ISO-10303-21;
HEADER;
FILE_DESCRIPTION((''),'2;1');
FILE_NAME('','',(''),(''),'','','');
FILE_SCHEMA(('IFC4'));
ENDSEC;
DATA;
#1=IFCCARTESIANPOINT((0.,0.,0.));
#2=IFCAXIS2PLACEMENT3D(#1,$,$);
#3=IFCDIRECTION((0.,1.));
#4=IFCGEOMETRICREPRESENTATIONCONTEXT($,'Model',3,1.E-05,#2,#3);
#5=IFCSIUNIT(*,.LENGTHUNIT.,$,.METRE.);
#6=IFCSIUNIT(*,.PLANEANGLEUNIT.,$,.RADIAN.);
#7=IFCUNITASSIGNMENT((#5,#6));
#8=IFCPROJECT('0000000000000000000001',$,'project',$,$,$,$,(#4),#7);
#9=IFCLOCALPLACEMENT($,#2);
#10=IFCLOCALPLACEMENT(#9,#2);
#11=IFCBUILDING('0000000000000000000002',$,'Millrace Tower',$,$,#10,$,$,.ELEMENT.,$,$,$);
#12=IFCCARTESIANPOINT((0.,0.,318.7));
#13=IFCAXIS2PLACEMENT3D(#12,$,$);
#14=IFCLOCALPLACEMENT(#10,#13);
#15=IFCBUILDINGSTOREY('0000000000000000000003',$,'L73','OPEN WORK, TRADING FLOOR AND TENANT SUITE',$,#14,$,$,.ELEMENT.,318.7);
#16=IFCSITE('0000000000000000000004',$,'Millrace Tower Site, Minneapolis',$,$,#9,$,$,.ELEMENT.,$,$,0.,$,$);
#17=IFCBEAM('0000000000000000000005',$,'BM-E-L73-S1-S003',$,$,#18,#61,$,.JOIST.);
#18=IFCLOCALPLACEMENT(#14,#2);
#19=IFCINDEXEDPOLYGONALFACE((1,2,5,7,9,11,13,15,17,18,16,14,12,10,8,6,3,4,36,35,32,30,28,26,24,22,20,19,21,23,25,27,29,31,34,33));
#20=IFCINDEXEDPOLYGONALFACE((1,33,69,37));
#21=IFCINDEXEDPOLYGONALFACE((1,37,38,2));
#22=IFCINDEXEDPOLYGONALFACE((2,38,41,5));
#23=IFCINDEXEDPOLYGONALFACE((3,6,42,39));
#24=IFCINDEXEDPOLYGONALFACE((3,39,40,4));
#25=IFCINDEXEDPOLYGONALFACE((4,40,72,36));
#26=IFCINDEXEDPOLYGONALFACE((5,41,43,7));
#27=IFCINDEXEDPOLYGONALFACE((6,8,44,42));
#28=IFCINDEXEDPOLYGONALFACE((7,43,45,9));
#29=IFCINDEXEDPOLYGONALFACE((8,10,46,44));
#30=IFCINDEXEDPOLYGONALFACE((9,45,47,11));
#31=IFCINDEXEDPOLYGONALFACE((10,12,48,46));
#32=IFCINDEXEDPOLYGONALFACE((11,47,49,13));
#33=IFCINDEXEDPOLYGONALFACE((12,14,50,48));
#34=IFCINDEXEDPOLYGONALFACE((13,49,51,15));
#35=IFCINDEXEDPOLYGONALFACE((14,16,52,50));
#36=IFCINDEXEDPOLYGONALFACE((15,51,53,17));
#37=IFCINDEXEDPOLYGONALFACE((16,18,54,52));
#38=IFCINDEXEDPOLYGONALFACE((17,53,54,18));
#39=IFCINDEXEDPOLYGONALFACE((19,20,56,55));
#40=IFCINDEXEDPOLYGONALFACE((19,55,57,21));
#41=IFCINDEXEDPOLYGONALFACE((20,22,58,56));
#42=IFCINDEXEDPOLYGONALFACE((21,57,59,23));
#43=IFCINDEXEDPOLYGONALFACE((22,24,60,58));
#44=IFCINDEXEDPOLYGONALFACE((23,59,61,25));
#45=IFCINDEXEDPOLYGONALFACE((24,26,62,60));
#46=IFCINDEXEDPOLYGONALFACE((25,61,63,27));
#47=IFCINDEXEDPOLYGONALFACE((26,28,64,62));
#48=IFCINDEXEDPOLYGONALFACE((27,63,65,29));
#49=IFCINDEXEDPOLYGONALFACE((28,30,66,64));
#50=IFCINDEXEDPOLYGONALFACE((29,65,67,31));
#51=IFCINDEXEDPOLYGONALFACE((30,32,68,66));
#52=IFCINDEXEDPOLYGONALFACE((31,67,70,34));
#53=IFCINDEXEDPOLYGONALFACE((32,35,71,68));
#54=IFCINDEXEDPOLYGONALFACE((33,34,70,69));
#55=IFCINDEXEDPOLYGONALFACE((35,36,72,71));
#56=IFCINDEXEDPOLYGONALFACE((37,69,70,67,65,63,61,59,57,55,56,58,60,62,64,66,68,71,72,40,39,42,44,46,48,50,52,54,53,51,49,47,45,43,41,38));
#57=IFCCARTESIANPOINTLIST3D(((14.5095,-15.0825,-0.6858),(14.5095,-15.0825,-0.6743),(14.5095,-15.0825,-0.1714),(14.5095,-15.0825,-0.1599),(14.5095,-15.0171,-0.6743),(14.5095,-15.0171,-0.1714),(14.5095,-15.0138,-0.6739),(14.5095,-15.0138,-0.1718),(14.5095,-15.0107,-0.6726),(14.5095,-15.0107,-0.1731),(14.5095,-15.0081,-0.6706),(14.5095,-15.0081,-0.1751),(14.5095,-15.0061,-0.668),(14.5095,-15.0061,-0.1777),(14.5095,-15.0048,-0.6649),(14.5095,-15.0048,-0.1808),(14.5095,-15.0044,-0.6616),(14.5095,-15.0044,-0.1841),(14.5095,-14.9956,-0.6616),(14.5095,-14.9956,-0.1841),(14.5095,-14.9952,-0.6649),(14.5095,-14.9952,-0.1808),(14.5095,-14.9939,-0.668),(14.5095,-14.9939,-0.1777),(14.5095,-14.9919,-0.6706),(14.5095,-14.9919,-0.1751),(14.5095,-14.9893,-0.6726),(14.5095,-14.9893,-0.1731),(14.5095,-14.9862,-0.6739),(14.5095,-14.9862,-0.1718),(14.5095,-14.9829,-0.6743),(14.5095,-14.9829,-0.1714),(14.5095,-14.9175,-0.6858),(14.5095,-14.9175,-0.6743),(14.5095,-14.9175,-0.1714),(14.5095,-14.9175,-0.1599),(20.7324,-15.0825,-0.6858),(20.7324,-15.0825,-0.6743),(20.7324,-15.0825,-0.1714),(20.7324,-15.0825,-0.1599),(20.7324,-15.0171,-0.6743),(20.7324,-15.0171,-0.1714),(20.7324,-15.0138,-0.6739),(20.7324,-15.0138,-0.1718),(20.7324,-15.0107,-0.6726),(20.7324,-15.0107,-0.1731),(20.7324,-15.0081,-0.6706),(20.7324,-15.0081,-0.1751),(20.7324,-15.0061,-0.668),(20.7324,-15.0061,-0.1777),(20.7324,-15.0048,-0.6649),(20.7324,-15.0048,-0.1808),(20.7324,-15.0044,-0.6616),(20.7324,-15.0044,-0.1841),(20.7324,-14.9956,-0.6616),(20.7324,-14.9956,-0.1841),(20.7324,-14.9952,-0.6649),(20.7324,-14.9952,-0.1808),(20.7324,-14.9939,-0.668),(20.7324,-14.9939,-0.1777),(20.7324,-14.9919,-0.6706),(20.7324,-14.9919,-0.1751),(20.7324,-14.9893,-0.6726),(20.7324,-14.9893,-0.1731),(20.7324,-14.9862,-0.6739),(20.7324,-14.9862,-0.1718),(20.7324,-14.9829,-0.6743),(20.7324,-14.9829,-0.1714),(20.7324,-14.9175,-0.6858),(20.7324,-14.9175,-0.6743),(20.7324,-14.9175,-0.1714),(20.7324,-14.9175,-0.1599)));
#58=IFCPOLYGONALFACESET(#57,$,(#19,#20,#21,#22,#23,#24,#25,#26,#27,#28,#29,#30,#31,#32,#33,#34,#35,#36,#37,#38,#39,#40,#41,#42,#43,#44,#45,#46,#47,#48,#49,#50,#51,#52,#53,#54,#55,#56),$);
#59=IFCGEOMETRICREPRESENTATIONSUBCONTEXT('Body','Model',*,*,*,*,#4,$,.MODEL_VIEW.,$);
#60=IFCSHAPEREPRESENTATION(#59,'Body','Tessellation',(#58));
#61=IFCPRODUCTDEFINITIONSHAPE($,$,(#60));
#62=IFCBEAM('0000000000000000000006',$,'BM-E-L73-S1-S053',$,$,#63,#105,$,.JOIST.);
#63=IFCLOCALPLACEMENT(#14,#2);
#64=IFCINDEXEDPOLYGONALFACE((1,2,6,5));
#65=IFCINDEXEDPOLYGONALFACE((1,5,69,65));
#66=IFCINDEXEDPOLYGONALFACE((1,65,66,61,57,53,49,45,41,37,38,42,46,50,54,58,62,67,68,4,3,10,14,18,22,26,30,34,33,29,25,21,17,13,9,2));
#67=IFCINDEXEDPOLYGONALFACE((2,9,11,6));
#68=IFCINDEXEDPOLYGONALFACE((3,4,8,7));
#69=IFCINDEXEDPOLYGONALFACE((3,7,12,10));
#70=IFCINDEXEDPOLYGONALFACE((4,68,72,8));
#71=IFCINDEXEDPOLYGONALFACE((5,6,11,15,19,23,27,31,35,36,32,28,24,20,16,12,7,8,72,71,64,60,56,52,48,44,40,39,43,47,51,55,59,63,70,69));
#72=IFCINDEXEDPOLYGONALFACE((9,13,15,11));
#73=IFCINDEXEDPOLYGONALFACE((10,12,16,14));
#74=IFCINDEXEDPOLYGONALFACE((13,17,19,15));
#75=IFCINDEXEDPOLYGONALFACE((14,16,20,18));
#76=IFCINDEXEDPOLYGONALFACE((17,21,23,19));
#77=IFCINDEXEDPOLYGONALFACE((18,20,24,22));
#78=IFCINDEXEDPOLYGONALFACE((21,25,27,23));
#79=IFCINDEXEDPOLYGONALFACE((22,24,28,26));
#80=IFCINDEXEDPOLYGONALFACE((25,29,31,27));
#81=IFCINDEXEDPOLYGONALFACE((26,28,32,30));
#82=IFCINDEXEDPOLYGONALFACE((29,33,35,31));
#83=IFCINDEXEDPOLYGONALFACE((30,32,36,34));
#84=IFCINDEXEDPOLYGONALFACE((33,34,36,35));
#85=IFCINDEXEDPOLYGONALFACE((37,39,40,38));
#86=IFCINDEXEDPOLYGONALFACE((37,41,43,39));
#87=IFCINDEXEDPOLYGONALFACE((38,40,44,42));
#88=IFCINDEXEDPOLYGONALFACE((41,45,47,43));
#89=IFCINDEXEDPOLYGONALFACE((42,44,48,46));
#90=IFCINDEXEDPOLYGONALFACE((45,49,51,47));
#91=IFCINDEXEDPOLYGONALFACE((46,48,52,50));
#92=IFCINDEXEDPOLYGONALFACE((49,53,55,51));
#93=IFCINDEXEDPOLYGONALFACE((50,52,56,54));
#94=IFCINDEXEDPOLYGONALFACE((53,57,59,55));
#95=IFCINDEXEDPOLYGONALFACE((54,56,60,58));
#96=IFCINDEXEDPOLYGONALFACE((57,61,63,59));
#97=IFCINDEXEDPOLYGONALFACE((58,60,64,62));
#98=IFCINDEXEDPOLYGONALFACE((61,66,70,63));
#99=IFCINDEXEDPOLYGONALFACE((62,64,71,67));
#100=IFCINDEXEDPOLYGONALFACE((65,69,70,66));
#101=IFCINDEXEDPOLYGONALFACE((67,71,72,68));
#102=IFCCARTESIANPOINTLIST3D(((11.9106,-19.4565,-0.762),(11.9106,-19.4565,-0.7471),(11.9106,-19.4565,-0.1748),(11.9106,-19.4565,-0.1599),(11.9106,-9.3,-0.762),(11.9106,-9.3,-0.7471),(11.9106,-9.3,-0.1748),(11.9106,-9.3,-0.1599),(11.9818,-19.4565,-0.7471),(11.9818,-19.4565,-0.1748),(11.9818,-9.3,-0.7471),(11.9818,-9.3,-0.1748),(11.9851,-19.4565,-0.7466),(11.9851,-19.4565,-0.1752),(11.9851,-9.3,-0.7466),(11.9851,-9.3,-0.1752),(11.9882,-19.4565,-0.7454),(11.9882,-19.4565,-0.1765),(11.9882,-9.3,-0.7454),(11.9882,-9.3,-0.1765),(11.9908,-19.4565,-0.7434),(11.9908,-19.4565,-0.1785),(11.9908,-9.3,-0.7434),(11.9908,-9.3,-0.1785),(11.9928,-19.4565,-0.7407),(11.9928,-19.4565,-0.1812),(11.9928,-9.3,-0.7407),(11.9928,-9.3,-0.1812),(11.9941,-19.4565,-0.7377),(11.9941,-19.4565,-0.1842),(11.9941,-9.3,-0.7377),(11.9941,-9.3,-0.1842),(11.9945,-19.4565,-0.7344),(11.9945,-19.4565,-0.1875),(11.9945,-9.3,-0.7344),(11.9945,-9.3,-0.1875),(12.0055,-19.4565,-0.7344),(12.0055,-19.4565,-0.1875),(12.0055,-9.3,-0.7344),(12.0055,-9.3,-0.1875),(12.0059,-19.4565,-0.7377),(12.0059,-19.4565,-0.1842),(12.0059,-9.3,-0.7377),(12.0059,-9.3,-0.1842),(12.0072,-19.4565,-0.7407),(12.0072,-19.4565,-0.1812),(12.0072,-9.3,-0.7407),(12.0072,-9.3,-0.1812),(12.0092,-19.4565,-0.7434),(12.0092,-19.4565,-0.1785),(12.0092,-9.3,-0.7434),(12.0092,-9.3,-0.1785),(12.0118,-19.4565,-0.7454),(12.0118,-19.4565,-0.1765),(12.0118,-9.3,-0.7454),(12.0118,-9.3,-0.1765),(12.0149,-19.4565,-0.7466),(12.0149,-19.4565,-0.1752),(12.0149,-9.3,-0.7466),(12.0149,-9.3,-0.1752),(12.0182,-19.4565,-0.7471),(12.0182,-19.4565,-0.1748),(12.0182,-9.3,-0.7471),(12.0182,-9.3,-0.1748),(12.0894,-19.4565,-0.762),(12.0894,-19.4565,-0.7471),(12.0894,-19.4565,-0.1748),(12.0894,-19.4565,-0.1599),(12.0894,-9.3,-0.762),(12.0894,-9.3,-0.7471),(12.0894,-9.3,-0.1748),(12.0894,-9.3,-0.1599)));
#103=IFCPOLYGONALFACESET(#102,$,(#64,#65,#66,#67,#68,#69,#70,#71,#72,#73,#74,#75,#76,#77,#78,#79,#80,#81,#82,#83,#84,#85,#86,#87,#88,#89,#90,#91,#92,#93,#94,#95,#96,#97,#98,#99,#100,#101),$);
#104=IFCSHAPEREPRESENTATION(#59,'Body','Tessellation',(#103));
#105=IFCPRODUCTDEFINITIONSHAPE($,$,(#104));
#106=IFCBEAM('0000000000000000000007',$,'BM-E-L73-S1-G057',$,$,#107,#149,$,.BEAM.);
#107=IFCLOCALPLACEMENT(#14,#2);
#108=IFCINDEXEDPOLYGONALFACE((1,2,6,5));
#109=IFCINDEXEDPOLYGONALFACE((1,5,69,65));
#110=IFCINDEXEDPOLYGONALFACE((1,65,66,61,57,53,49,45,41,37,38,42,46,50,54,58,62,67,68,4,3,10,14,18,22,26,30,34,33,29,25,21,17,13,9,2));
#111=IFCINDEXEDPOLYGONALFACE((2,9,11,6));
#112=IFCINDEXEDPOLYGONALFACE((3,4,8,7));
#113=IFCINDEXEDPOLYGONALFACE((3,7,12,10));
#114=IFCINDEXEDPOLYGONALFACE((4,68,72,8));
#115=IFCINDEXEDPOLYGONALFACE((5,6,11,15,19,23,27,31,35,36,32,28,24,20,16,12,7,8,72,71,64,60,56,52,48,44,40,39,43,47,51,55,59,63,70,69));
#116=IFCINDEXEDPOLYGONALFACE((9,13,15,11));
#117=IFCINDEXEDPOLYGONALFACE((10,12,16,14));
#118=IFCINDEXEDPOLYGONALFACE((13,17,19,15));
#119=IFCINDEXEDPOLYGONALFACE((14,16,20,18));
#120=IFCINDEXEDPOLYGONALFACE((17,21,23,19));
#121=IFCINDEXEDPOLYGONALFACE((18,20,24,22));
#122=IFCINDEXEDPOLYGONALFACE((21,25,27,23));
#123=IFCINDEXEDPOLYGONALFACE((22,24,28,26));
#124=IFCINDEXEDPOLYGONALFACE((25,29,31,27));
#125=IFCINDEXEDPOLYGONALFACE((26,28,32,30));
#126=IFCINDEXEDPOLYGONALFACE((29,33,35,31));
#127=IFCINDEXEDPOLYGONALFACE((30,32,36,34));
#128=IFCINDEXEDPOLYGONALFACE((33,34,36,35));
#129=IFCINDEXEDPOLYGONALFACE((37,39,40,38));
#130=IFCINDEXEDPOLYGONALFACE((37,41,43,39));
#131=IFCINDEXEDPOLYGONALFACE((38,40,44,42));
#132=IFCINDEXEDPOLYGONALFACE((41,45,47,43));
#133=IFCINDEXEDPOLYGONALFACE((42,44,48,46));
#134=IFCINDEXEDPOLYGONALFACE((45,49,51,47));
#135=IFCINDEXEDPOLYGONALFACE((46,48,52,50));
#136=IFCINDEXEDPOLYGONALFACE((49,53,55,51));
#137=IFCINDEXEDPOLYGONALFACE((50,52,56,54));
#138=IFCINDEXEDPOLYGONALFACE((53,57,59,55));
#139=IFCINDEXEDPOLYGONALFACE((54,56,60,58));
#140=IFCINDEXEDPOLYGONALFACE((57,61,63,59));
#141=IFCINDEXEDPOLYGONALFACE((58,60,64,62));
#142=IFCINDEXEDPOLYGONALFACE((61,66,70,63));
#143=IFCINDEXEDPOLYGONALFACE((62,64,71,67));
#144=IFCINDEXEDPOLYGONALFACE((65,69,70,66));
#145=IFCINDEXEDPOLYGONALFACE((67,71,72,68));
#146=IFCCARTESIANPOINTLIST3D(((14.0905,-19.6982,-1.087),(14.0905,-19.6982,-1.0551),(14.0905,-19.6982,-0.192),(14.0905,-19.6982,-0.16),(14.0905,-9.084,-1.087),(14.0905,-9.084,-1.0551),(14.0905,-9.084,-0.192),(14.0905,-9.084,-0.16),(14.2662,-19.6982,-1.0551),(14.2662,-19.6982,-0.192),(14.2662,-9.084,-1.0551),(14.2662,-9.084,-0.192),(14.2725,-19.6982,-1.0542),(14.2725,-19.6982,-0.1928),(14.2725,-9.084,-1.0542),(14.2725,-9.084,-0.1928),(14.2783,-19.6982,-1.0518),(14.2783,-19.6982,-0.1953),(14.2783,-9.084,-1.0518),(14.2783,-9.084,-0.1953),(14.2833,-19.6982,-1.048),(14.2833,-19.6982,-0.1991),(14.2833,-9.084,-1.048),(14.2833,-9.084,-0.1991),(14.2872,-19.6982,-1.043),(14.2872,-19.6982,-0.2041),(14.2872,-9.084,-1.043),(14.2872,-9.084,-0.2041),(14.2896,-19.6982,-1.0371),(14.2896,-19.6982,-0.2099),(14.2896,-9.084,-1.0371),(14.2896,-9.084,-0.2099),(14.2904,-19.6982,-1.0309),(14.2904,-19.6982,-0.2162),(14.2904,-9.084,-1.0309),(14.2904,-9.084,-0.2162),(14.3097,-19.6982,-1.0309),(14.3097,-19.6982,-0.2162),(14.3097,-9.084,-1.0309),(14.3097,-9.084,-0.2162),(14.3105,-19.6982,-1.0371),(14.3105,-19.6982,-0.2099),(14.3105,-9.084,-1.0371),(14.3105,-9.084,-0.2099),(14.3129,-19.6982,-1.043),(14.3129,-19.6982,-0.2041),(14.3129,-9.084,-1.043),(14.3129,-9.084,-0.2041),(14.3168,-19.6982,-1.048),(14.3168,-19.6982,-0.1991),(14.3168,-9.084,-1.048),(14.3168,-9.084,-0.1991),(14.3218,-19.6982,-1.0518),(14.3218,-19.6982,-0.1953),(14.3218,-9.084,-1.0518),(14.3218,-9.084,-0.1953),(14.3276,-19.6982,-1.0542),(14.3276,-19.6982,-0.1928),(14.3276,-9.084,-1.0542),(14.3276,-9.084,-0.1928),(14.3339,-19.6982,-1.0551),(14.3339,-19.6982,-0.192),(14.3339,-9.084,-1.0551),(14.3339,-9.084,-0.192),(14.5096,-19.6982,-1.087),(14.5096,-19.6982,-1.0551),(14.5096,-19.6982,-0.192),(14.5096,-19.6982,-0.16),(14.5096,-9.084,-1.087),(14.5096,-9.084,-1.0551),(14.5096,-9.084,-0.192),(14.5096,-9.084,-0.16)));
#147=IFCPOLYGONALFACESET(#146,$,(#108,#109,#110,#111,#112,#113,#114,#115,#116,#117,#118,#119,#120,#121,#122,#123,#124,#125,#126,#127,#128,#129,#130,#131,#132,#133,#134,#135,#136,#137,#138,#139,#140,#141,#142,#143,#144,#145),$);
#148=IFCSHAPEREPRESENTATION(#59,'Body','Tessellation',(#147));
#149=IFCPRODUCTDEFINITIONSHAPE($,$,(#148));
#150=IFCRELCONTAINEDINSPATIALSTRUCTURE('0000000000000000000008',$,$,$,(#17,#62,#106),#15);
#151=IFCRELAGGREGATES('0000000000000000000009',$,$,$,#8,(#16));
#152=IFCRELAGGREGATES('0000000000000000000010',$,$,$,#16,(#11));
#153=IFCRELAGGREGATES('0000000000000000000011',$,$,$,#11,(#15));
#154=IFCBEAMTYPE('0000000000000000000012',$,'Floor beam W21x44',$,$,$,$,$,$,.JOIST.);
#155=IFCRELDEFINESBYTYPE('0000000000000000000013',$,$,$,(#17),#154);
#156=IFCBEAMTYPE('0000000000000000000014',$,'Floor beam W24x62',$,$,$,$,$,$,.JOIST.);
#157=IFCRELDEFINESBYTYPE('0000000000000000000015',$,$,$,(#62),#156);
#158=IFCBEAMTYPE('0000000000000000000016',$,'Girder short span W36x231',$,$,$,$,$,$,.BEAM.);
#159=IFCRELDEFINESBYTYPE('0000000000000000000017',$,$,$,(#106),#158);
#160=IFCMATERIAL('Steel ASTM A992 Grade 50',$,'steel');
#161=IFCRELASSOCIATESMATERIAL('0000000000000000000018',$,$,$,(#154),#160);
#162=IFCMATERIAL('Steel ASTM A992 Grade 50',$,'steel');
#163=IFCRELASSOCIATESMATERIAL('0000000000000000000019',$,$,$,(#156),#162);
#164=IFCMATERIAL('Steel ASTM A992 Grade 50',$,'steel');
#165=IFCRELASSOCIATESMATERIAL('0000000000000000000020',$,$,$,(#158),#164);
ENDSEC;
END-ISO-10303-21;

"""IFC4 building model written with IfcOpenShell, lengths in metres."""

from ifc_helpers import new_model, si_unit, direction, frame, origin, origin_2d, place, context, subcontext, project, spatial, i_section, extrude, material, material_profile, profile_set, type_object, element, save


model = new_model("IFC4")

# Units and contexts
model_context = context("Model", 3, precision=1e-05, world=origin(), true_north=direction((0.0, 1.0)))
body_context = subcontext(model_context, "Body", "Model", "MODEL_VIEW")
ifc_project = project(units=[si_unit("LENGTHUNIT", "METRE"), si_unit("PLANEANGLEUNIT", "RADIAN")], contexts=[model_context])

# Site, building, storey
site_placement = place(None, origin())
site = spatial("IfcSite", under=ifc_project, at=site_placement, Name="Millrace Tower Site, Minneapolis", CompositionType="ELEMENT", RefElevation=0.0)
building_placement = place(site_placement, origin())
building = spatial("IfcBuilding", under=site, at=building_placement, Name="Millrace Tower", CompositionType="ELEMENT")
storey_placement = place(building_placement, frame((0.0, 0.0, 318.7)))
storey = spatial("IfcBuildingStorey", under=building, at=storey_placement, Name="L73", Description="OPEN WORK, TRADING FLOOR AND TENANT SUITE", CompositionType="ELEMENT", Elevation=318.7)

# Beams
ifc_material_1 = material(Name="Steel ASTM A992 Grade 50", Category="steel")
ifc_material_profile_1 = material_profile(ifc_material_1, i_section(OverallWidth=0.165, OverallDepth=0.5259, WebThickness=0.0088, FlangeThickness=0.0115, FilletRadius=0.0127, at=origin_2d()))
ifc_profile_set_1 = profile_set([ifc_material_profile_1], Name="Steel ASTM A992 Grade 50")
beam_type_1 = type_object("IfcBeamType", Name="Floor beam W21x44", PredefinedType="JOIST", material=ifc_profile_set_1)
beam_1_placement = place(storey_placement, frame((14.5095, -15.0, -0.4229), z_axis=(1.0, 0.0, 0.0), x_axis=(0.0, 1.0, 0.0)))
element("IfcBeam", 1, at=beam_1_placement, inside=storey, type_object=beam_type_1, Name="BM-E-L73-S1-S003", PredefinedType="JOIST", context=body_context, shape_type="SweptSolid", body=[
    extrude(i_section(OverallWidth=0.165, OverallDepth=0.5259, WebThickness=0.0088, FlangeThickness=0.0115, FilletRadius=0.0127, at=origin_2d()), origin(), (0.0, 0.0, 1.0), 6.2229),
])
ifc_material_2 = material(Name="Steel ASTM A992 Grade 50", Category="steel")
ifc_material_profile_2 = material_profile(ifc_material_2, i_section(OverallWidth=0.1787, OverallDepth=0.6021, WebThickness=0.011, FlangeThickness=0.0149, FilletRadius=0.0127, at=origin_2d()))
ifc_profile_set_2 = profile_set([ifc_material_profile_2], Name="Steel ASTM A992 Grade 50")
beam_type_2 = type_object("IfcBeamType", Name="Floor beam W24x62", PredefinedType="JOIST", material=ifc_profile_set_2)
beam_2_placement = place(storey_placement, frame((12.0, -19.4565, -0.4609), z_axis=(0.0, 1.0, 0.0), x_axis=(-1.0, 0.0, 0.0)))
element("IfcBeam", 2, at=beam_2_placement, inside=storey, type_object=beam_type_2, Name="BM-E-L73-S1-S053", PredefinedType="JOIST", context=body_context, shape_type="SweptSolid", body=[
    extrude(i_section(OverallWidth=0.1787, OverallDepth=0.6021, WebThickness=0.011, FlangeThickness=0.0149, FilletRadius=0.0127, at=origin_2d()), origin(), (0.0, 0.0, 1.0), 10.1565),
])
ifc_material_3 = material(Name="Steel ASTM A992 Grade 50", Category="steel")
ifc_material_profile_3 = material_profile(ifc_material_3, i_section(OverallWidth=0.4192, OverallDepth=0.927, WebThickness=0.0193, FlangeThickness=0.032, FilletRadius=0.0242, at=origin_2d()))
ifc_profile_set_3 = profile_set([ifc_material_profile_3], Name="Steel ASTM A992 Grade 50")
beam_type_3 = type_object("IfcBeamType", Name="Girder short span W36x231", PredefinedType="BEAM", material=ifc_profile_set_3)
beam_3_placement = place(storey_placement, frame((14.3, -19.6982, -0.6235), z_axis=(0.0, 1.0, 0.0), x_axis=(-1.0, 0.0, 0.0)))
element("IfcBeam", 3, at=beam_3_placement, inside=storey, type_object=beam_type_3, Name="BM-E-L73-S1-G057", PredefinedType="BEAM", context=body_context, shape_type="SweptSolid", body=[
    extrude(i_section(OverallWidth=0.4192, OverallDepth=0.927, WebThickness=0.0193, FlangeThickness=0.032, FilletRadius=0.0242, at=origin_2d()), origin(), (0.0, 0.0, 1.0), 10.6143),
])

save(model, "model.ifc")
